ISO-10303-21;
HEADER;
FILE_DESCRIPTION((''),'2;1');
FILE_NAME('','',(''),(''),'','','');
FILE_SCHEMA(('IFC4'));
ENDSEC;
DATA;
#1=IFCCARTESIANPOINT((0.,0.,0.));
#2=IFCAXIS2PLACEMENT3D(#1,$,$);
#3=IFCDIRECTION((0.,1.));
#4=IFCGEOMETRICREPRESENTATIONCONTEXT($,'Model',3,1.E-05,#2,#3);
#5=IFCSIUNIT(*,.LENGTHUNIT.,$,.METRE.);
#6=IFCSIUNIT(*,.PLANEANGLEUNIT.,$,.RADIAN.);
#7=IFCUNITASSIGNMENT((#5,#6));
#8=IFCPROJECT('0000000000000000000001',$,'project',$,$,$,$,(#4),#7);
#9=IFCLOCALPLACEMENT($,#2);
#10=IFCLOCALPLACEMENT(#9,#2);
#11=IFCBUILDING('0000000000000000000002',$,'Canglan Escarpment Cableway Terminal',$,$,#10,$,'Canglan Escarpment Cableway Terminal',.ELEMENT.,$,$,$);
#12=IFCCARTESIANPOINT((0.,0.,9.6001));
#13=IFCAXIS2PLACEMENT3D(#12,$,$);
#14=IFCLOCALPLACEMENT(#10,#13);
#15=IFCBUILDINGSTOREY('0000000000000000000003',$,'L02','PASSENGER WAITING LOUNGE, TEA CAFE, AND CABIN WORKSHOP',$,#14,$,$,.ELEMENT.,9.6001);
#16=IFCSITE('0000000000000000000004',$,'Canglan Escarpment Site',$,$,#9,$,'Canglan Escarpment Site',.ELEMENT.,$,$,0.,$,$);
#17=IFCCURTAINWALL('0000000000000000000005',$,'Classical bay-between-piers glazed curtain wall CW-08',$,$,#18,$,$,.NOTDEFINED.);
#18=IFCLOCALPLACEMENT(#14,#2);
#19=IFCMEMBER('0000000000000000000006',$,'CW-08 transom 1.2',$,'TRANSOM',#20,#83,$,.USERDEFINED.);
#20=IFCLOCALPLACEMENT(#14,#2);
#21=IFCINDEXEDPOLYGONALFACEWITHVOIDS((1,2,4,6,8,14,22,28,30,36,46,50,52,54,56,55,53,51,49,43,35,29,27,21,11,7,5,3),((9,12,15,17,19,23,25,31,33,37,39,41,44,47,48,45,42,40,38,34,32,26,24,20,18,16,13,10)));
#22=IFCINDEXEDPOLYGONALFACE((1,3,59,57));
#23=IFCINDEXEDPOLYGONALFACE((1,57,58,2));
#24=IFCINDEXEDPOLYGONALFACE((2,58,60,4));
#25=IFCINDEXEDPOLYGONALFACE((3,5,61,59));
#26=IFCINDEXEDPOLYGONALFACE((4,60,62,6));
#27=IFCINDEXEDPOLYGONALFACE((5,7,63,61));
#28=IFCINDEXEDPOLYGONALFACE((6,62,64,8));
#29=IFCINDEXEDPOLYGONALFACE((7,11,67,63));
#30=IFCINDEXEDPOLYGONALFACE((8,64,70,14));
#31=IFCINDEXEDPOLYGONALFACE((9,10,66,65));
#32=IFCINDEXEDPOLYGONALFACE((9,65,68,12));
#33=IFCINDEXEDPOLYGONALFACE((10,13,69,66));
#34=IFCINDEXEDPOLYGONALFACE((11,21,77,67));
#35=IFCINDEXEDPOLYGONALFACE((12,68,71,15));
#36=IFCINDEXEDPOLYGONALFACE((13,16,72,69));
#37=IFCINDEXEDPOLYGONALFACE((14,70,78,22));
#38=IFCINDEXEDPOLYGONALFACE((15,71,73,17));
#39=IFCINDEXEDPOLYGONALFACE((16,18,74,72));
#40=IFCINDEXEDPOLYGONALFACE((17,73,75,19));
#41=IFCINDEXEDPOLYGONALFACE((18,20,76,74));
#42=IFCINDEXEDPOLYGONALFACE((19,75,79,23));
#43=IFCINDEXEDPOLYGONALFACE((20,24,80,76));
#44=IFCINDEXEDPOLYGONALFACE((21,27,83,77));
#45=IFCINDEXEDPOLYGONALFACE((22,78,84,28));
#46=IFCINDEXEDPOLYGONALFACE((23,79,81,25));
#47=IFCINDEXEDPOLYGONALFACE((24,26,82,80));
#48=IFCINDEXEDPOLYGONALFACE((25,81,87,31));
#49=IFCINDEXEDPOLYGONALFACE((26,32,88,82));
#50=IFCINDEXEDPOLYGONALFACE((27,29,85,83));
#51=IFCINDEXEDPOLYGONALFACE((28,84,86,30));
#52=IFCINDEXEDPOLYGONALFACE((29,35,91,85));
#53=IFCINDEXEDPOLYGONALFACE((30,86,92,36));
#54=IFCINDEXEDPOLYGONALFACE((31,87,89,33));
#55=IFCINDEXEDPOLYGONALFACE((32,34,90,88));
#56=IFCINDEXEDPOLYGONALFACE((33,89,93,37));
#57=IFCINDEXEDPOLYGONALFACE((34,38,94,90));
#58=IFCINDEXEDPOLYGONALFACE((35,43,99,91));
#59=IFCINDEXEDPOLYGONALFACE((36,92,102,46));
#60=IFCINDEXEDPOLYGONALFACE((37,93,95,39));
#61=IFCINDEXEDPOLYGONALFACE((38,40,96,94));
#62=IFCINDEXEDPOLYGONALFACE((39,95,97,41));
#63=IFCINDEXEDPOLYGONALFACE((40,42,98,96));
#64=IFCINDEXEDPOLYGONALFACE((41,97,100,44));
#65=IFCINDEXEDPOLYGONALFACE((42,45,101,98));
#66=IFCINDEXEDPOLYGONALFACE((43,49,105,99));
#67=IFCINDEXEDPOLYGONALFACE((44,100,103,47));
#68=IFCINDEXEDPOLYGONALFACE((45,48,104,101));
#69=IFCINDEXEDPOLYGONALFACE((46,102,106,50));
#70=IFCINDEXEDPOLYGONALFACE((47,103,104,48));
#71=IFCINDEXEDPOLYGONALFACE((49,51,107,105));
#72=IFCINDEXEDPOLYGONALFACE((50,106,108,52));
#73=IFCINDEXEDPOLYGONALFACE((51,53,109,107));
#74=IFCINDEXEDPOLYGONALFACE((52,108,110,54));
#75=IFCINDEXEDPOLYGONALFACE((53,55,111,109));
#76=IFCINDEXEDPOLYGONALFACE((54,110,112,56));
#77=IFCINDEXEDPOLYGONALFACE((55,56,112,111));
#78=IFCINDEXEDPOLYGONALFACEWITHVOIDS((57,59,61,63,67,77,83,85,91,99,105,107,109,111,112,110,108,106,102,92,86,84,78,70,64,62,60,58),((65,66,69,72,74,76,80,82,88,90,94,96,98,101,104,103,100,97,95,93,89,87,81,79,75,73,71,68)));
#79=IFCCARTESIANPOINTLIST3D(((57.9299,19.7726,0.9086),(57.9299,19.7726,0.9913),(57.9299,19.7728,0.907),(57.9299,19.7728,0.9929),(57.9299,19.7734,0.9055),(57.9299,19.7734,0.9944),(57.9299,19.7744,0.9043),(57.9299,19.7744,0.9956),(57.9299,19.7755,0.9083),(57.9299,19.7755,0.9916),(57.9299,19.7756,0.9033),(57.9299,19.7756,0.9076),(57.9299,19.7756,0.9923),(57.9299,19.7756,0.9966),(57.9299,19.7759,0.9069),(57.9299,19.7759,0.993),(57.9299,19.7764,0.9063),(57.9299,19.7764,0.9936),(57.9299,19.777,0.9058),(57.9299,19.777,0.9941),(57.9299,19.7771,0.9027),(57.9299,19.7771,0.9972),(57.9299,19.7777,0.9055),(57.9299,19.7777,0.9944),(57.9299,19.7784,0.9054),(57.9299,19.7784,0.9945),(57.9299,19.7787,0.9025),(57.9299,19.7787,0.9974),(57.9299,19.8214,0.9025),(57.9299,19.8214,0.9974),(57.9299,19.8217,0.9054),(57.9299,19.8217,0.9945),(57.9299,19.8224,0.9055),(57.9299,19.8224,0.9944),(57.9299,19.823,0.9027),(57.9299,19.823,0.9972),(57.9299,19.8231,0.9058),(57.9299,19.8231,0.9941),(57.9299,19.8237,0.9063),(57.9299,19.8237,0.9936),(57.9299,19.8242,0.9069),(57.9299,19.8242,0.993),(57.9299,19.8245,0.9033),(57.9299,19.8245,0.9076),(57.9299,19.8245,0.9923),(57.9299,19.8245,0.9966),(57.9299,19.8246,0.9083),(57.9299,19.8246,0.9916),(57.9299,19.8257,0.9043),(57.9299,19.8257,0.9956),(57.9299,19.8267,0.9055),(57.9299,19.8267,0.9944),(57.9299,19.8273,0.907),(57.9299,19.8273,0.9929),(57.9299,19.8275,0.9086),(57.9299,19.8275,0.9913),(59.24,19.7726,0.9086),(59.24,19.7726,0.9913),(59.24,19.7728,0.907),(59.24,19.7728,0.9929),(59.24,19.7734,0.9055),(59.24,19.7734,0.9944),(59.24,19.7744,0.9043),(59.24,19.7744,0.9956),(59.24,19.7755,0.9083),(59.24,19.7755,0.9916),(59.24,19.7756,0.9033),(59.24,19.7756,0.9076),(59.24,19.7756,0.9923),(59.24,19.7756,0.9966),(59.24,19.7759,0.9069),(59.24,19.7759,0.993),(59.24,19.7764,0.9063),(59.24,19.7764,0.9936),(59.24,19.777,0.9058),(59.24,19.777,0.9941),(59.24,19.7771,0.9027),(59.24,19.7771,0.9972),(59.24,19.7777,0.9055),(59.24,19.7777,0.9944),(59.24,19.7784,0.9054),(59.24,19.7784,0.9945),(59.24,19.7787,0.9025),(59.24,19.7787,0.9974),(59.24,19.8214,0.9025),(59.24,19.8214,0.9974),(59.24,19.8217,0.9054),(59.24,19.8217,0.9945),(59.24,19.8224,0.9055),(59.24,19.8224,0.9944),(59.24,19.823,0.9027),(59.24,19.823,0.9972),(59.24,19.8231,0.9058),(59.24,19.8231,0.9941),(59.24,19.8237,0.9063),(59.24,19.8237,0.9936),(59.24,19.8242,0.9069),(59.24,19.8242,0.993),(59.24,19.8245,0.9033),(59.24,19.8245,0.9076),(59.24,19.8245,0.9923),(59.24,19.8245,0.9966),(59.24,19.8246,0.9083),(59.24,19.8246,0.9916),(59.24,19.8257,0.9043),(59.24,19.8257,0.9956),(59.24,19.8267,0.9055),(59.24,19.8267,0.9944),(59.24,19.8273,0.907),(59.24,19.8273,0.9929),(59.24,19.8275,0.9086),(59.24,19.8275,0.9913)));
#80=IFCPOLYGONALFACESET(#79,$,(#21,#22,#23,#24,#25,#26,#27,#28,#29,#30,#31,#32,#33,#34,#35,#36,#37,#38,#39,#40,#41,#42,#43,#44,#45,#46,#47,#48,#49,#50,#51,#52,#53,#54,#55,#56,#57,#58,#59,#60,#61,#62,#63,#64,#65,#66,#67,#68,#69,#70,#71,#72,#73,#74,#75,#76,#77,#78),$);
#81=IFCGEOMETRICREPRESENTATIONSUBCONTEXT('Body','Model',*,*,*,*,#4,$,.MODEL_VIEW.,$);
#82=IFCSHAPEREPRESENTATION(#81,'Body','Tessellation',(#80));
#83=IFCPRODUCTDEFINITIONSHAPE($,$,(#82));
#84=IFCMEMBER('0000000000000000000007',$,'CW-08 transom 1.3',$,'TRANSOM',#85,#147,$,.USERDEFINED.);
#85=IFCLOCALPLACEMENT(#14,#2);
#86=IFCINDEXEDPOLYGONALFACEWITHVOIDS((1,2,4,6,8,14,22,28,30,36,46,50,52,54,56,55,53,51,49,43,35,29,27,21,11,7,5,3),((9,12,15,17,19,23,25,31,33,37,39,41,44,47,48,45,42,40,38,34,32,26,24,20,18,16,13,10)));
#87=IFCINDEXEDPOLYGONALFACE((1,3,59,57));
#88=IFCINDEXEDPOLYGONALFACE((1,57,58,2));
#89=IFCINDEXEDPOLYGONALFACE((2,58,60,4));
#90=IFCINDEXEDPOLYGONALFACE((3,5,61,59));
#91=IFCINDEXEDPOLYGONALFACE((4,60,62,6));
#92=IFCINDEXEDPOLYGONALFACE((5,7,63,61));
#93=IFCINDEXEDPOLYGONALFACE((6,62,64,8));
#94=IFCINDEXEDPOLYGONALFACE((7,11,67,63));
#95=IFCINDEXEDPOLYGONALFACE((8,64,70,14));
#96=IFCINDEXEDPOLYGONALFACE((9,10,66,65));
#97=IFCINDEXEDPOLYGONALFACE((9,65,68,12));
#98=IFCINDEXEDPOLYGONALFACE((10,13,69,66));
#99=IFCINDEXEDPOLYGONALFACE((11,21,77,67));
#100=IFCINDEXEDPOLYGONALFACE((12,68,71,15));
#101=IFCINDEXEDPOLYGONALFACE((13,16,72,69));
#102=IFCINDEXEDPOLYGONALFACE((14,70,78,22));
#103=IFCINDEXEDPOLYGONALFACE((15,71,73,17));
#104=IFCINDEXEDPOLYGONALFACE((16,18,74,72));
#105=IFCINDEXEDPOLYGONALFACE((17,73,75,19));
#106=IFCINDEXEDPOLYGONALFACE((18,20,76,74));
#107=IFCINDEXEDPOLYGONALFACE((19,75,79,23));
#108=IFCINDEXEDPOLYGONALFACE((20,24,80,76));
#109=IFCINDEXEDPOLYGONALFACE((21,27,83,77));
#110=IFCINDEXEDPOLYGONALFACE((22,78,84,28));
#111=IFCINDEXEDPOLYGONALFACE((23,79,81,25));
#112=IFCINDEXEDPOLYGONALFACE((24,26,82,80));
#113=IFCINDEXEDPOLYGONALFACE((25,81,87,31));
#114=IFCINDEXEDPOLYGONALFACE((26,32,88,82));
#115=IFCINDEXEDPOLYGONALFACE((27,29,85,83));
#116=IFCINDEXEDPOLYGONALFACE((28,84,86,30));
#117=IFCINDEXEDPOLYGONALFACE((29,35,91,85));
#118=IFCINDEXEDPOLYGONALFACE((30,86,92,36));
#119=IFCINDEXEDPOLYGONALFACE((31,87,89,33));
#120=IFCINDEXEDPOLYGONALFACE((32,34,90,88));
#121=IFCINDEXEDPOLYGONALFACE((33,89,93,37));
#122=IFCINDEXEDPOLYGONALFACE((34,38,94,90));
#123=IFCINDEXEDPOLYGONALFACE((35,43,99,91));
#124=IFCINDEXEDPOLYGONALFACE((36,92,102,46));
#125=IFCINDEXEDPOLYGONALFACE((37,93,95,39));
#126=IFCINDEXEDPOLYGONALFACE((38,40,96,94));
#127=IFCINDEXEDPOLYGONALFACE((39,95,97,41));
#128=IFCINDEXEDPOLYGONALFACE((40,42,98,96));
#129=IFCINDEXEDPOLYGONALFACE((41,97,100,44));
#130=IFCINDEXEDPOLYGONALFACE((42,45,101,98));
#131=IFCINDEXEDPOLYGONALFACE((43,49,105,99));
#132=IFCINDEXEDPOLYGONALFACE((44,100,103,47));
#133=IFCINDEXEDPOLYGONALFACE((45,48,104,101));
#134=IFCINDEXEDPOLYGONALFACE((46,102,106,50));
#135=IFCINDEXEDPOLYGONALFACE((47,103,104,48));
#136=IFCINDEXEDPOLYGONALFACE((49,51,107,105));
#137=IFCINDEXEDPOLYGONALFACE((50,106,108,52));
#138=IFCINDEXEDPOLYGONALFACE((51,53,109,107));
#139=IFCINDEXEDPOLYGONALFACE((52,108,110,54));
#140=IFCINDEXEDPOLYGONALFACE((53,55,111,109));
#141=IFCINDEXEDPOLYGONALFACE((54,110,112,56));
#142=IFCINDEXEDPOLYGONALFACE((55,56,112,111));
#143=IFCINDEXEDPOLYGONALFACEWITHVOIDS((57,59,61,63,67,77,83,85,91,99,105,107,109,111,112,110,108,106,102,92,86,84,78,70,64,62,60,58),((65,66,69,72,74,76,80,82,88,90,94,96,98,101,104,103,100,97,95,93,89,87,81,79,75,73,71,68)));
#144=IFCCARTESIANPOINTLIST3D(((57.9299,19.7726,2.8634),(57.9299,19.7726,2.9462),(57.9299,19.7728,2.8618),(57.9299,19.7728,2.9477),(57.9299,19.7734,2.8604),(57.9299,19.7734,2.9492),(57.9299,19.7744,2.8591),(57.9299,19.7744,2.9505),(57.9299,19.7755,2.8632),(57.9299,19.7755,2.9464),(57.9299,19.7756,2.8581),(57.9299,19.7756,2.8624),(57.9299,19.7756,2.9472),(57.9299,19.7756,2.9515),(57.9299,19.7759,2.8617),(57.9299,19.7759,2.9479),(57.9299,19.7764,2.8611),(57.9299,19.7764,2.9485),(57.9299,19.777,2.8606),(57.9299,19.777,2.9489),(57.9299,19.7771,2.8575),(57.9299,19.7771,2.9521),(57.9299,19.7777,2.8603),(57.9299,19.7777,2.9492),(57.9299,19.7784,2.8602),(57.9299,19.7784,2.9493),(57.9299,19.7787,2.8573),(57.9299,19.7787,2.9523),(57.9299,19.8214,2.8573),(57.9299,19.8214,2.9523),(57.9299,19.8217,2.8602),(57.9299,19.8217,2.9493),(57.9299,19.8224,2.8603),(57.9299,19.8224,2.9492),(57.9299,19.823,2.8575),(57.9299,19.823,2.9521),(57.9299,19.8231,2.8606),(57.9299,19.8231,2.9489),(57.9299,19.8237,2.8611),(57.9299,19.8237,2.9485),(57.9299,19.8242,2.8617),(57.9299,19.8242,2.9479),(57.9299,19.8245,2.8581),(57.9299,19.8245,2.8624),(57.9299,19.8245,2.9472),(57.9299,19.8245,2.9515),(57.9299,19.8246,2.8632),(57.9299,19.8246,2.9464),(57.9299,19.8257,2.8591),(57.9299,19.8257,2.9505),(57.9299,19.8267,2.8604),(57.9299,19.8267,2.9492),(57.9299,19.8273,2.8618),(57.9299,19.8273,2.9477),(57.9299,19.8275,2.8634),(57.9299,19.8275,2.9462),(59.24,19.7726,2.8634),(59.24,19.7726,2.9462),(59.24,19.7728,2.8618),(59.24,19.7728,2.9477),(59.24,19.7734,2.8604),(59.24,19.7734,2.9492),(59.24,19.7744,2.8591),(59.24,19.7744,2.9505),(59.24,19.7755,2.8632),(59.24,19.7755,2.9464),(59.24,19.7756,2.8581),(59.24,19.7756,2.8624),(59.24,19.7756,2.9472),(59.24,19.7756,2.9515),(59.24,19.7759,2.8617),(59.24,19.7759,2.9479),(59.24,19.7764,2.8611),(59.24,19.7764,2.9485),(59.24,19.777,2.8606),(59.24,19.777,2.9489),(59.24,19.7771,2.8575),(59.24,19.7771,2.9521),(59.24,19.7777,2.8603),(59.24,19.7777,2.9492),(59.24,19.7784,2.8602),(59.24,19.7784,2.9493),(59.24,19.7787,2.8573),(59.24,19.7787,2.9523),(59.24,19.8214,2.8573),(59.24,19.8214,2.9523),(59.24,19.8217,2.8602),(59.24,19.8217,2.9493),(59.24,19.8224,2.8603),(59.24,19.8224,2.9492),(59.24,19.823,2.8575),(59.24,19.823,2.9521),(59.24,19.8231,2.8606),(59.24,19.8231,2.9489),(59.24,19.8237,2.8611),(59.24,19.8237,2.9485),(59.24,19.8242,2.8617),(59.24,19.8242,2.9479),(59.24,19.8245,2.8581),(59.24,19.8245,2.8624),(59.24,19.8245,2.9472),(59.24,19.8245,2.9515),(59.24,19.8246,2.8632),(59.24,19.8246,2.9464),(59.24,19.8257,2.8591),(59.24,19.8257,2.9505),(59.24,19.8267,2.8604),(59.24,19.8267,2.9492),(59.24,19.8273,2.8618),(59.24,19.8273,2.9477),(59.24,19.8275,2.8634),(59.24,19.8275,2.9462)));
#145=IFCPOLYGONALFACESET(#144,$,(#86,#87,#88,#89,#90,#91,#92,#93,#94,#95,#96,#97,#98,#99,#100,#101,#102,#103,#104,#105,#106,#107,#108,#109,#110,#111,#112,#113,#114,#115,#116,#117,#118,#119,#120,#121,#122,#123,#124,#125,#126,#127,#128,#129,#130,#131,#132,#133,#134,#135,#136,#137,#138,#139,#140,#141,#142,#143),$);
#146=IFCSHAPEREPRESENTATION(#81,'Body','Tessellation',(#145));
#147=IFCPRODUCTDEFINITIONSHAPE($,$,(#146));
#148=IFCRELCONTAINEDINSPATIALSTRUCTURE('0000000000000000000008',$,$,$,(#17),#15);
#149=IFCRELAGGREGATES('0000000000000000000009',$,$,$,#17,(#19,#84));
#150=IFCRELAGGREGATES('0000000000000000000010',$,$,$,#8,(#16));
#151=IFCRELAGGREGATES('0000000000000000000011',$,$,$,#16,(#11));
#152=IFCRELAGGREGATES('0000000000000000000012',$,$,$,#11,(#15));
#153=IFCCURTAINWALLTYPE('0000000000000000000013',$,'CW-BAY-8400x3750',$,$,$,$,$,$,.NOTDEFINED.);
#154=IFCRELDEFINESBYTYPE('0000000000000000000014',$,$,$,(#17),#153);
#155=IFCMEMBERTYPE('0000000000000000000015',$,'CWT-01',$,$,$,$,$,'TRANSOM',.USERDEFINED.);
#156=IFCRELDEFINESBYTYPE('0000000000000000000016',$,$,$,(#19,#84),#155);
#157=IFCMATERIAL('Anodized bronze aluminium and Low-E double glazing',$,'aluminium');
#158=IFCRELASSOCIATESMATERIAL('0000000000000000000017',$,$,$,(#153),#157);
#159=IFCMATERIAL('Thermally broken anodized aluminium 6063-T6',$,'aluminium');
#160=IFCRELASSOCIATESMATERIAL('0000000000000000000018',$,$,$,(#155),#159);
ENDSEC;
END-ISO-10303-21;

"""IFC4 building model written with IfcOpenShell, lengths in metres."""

from ifc_helpers import new_model, si_unit, direction, frame, origin, origin_2d, place, context, subcontext, project, spatial, hollow_rectangle, extrude, material, material_profile, profile_set, type_object, element, aggregate, save


model = new_model("IFC4")

# Units and contexts
model_context = context("Model", 3, precision=1e-05, world=origin(), true_north=direction((0.0, 1.0)))
body_context = subcontext(model_context, "Body", "Model", "MODEL_VIEW")
ifc_project = project(units=[si_unit("LENGTHUNIT", "METRE"), si_unit("PLANEANGLEUNIT", "RADIAN")], contexts=[model_context])

# Site, building, storey
site_placement = place(None, origin())
site = spatial("IfcSite", under=ifc_project, at=site_placement, Name="Canglan Escarpment Site", LongName="Canglan Escarpment Site", CompositionType="ELEMENT", RefElevation=0.0)
building_placement = place(site_placement, origin())
building = spatial("IfcBuilding", under=site, at=building_placement, Name="Canglan Escarpment Cableway Terminal", LongName="Canglan Escarpment Cableway Terminal", CompositionType="ELEMENT")
storey_placement = place(building_placement, frame((0.0, 0.0, 9.6001)))
storey = spatial("IfcBuildingStorey", under=building, at=storey_placement, Name="L02", Description="PASSENGER WAITING LOUNGE, TEA CAFE, AND CABIN WORKSHOP", CompositionType="ELEMENT", Elevation=9.6001)

# Curtain wall
ifc_material_1 = material(Name="Anodized bronze aluminium and Low-E double glazing", Category="aluminium")
curtain_wall_type = type_object("IfcCurtainWallType", Name="CW-BAY-8400x3750", PredefinedType="NOTDEFINED", material=ifc_material_1)
curtain_wall_1_placement = place(storey_placement, origin())
curtain_wall_1 = element("IfcCurtainWall", 1, at=curtain_wall_1_placement, inside=storey, type_object=curtain_wall_type, Name="Classical bay-between-piers glazed curtain wall CW-08", PredefinedType="NOTDEFINED")
ifc_material_2 = material(Name="Thermally broken anodized aluminium 6063-T6", Category="aluminium")

# Members
ifc_material_profile_1 = material_profile(ifc_material_2, hollow_rectangle(XDim=0.0549, YDim=0.095, WallThickness=0.0029, InnerFilletRadius=0.0029, OuterFilletRadius=0.0061, at=origin_2d()), Name="ALU-TRAN 55x95x3")
ifc_profile_set_1 = profile_set([ifc_material_profile_1], Name="Thermally broken anodized aluminium 6063-T6")
member_type_1 = type_object("IfcMemberType", Name="CWT-01", ElementType="TRANSOM", PredefinedType="USERDEFINED", material=ifc_profile_set_1)
member_1_placement = place(storey_placement, frame((59.24, 19.8, 0.95), z_axis=(-1.0, 0.0, 0.0), x_axis=(0.0, -1.0, 0.0)))
member_1 = element("IfcMember", 2, at=member_1_placement, type_object=member_type_1, Name="CW-08 transom 1.2", ObjectType="TRANSOM", PredefinedType="USERDEFINED", context=body_context, shape_type="SweptSolid", body=[
    extrude(hollow_rectangle(XDim=0.0549, YDim=0.095, WallThickness=0.0029, InnerFilletRadius=0.0029, OuterFilletRadius=0.0061, at=origin_2d()), origin(), (0.0, 0.0, 1.0), 1.3101),
])
member_2_placement = place(storey_placement, frame((59.24, 19.8, 2.9048), z_axis=(-1.0, 0.0, 0.0), x_axis=(0.0, -1.0, 0.0)))
member_2 = element("IfcMember", 3, at=member_2_placement, type_object=member_type_1, Name="CW-08 transom 1.3", ObjectType="TRANSOM", PredefinedType="USERDEFINED", context=body_context, shape_type="SweptSolid", body=[
    extrude(hollow_rectangle(XDim=0.0549, YDim=0.095, WallThickness=0.0029, InnerFilletRadius=0.0029, OuterFilletRadius=0.0061, at=origin_2d()), origin(), (0.0, 0.0, 1.0), 1.3101),
])
aggregate(curtain_wall_1, [member_1, member_2])

save(model, "model.ifc")
